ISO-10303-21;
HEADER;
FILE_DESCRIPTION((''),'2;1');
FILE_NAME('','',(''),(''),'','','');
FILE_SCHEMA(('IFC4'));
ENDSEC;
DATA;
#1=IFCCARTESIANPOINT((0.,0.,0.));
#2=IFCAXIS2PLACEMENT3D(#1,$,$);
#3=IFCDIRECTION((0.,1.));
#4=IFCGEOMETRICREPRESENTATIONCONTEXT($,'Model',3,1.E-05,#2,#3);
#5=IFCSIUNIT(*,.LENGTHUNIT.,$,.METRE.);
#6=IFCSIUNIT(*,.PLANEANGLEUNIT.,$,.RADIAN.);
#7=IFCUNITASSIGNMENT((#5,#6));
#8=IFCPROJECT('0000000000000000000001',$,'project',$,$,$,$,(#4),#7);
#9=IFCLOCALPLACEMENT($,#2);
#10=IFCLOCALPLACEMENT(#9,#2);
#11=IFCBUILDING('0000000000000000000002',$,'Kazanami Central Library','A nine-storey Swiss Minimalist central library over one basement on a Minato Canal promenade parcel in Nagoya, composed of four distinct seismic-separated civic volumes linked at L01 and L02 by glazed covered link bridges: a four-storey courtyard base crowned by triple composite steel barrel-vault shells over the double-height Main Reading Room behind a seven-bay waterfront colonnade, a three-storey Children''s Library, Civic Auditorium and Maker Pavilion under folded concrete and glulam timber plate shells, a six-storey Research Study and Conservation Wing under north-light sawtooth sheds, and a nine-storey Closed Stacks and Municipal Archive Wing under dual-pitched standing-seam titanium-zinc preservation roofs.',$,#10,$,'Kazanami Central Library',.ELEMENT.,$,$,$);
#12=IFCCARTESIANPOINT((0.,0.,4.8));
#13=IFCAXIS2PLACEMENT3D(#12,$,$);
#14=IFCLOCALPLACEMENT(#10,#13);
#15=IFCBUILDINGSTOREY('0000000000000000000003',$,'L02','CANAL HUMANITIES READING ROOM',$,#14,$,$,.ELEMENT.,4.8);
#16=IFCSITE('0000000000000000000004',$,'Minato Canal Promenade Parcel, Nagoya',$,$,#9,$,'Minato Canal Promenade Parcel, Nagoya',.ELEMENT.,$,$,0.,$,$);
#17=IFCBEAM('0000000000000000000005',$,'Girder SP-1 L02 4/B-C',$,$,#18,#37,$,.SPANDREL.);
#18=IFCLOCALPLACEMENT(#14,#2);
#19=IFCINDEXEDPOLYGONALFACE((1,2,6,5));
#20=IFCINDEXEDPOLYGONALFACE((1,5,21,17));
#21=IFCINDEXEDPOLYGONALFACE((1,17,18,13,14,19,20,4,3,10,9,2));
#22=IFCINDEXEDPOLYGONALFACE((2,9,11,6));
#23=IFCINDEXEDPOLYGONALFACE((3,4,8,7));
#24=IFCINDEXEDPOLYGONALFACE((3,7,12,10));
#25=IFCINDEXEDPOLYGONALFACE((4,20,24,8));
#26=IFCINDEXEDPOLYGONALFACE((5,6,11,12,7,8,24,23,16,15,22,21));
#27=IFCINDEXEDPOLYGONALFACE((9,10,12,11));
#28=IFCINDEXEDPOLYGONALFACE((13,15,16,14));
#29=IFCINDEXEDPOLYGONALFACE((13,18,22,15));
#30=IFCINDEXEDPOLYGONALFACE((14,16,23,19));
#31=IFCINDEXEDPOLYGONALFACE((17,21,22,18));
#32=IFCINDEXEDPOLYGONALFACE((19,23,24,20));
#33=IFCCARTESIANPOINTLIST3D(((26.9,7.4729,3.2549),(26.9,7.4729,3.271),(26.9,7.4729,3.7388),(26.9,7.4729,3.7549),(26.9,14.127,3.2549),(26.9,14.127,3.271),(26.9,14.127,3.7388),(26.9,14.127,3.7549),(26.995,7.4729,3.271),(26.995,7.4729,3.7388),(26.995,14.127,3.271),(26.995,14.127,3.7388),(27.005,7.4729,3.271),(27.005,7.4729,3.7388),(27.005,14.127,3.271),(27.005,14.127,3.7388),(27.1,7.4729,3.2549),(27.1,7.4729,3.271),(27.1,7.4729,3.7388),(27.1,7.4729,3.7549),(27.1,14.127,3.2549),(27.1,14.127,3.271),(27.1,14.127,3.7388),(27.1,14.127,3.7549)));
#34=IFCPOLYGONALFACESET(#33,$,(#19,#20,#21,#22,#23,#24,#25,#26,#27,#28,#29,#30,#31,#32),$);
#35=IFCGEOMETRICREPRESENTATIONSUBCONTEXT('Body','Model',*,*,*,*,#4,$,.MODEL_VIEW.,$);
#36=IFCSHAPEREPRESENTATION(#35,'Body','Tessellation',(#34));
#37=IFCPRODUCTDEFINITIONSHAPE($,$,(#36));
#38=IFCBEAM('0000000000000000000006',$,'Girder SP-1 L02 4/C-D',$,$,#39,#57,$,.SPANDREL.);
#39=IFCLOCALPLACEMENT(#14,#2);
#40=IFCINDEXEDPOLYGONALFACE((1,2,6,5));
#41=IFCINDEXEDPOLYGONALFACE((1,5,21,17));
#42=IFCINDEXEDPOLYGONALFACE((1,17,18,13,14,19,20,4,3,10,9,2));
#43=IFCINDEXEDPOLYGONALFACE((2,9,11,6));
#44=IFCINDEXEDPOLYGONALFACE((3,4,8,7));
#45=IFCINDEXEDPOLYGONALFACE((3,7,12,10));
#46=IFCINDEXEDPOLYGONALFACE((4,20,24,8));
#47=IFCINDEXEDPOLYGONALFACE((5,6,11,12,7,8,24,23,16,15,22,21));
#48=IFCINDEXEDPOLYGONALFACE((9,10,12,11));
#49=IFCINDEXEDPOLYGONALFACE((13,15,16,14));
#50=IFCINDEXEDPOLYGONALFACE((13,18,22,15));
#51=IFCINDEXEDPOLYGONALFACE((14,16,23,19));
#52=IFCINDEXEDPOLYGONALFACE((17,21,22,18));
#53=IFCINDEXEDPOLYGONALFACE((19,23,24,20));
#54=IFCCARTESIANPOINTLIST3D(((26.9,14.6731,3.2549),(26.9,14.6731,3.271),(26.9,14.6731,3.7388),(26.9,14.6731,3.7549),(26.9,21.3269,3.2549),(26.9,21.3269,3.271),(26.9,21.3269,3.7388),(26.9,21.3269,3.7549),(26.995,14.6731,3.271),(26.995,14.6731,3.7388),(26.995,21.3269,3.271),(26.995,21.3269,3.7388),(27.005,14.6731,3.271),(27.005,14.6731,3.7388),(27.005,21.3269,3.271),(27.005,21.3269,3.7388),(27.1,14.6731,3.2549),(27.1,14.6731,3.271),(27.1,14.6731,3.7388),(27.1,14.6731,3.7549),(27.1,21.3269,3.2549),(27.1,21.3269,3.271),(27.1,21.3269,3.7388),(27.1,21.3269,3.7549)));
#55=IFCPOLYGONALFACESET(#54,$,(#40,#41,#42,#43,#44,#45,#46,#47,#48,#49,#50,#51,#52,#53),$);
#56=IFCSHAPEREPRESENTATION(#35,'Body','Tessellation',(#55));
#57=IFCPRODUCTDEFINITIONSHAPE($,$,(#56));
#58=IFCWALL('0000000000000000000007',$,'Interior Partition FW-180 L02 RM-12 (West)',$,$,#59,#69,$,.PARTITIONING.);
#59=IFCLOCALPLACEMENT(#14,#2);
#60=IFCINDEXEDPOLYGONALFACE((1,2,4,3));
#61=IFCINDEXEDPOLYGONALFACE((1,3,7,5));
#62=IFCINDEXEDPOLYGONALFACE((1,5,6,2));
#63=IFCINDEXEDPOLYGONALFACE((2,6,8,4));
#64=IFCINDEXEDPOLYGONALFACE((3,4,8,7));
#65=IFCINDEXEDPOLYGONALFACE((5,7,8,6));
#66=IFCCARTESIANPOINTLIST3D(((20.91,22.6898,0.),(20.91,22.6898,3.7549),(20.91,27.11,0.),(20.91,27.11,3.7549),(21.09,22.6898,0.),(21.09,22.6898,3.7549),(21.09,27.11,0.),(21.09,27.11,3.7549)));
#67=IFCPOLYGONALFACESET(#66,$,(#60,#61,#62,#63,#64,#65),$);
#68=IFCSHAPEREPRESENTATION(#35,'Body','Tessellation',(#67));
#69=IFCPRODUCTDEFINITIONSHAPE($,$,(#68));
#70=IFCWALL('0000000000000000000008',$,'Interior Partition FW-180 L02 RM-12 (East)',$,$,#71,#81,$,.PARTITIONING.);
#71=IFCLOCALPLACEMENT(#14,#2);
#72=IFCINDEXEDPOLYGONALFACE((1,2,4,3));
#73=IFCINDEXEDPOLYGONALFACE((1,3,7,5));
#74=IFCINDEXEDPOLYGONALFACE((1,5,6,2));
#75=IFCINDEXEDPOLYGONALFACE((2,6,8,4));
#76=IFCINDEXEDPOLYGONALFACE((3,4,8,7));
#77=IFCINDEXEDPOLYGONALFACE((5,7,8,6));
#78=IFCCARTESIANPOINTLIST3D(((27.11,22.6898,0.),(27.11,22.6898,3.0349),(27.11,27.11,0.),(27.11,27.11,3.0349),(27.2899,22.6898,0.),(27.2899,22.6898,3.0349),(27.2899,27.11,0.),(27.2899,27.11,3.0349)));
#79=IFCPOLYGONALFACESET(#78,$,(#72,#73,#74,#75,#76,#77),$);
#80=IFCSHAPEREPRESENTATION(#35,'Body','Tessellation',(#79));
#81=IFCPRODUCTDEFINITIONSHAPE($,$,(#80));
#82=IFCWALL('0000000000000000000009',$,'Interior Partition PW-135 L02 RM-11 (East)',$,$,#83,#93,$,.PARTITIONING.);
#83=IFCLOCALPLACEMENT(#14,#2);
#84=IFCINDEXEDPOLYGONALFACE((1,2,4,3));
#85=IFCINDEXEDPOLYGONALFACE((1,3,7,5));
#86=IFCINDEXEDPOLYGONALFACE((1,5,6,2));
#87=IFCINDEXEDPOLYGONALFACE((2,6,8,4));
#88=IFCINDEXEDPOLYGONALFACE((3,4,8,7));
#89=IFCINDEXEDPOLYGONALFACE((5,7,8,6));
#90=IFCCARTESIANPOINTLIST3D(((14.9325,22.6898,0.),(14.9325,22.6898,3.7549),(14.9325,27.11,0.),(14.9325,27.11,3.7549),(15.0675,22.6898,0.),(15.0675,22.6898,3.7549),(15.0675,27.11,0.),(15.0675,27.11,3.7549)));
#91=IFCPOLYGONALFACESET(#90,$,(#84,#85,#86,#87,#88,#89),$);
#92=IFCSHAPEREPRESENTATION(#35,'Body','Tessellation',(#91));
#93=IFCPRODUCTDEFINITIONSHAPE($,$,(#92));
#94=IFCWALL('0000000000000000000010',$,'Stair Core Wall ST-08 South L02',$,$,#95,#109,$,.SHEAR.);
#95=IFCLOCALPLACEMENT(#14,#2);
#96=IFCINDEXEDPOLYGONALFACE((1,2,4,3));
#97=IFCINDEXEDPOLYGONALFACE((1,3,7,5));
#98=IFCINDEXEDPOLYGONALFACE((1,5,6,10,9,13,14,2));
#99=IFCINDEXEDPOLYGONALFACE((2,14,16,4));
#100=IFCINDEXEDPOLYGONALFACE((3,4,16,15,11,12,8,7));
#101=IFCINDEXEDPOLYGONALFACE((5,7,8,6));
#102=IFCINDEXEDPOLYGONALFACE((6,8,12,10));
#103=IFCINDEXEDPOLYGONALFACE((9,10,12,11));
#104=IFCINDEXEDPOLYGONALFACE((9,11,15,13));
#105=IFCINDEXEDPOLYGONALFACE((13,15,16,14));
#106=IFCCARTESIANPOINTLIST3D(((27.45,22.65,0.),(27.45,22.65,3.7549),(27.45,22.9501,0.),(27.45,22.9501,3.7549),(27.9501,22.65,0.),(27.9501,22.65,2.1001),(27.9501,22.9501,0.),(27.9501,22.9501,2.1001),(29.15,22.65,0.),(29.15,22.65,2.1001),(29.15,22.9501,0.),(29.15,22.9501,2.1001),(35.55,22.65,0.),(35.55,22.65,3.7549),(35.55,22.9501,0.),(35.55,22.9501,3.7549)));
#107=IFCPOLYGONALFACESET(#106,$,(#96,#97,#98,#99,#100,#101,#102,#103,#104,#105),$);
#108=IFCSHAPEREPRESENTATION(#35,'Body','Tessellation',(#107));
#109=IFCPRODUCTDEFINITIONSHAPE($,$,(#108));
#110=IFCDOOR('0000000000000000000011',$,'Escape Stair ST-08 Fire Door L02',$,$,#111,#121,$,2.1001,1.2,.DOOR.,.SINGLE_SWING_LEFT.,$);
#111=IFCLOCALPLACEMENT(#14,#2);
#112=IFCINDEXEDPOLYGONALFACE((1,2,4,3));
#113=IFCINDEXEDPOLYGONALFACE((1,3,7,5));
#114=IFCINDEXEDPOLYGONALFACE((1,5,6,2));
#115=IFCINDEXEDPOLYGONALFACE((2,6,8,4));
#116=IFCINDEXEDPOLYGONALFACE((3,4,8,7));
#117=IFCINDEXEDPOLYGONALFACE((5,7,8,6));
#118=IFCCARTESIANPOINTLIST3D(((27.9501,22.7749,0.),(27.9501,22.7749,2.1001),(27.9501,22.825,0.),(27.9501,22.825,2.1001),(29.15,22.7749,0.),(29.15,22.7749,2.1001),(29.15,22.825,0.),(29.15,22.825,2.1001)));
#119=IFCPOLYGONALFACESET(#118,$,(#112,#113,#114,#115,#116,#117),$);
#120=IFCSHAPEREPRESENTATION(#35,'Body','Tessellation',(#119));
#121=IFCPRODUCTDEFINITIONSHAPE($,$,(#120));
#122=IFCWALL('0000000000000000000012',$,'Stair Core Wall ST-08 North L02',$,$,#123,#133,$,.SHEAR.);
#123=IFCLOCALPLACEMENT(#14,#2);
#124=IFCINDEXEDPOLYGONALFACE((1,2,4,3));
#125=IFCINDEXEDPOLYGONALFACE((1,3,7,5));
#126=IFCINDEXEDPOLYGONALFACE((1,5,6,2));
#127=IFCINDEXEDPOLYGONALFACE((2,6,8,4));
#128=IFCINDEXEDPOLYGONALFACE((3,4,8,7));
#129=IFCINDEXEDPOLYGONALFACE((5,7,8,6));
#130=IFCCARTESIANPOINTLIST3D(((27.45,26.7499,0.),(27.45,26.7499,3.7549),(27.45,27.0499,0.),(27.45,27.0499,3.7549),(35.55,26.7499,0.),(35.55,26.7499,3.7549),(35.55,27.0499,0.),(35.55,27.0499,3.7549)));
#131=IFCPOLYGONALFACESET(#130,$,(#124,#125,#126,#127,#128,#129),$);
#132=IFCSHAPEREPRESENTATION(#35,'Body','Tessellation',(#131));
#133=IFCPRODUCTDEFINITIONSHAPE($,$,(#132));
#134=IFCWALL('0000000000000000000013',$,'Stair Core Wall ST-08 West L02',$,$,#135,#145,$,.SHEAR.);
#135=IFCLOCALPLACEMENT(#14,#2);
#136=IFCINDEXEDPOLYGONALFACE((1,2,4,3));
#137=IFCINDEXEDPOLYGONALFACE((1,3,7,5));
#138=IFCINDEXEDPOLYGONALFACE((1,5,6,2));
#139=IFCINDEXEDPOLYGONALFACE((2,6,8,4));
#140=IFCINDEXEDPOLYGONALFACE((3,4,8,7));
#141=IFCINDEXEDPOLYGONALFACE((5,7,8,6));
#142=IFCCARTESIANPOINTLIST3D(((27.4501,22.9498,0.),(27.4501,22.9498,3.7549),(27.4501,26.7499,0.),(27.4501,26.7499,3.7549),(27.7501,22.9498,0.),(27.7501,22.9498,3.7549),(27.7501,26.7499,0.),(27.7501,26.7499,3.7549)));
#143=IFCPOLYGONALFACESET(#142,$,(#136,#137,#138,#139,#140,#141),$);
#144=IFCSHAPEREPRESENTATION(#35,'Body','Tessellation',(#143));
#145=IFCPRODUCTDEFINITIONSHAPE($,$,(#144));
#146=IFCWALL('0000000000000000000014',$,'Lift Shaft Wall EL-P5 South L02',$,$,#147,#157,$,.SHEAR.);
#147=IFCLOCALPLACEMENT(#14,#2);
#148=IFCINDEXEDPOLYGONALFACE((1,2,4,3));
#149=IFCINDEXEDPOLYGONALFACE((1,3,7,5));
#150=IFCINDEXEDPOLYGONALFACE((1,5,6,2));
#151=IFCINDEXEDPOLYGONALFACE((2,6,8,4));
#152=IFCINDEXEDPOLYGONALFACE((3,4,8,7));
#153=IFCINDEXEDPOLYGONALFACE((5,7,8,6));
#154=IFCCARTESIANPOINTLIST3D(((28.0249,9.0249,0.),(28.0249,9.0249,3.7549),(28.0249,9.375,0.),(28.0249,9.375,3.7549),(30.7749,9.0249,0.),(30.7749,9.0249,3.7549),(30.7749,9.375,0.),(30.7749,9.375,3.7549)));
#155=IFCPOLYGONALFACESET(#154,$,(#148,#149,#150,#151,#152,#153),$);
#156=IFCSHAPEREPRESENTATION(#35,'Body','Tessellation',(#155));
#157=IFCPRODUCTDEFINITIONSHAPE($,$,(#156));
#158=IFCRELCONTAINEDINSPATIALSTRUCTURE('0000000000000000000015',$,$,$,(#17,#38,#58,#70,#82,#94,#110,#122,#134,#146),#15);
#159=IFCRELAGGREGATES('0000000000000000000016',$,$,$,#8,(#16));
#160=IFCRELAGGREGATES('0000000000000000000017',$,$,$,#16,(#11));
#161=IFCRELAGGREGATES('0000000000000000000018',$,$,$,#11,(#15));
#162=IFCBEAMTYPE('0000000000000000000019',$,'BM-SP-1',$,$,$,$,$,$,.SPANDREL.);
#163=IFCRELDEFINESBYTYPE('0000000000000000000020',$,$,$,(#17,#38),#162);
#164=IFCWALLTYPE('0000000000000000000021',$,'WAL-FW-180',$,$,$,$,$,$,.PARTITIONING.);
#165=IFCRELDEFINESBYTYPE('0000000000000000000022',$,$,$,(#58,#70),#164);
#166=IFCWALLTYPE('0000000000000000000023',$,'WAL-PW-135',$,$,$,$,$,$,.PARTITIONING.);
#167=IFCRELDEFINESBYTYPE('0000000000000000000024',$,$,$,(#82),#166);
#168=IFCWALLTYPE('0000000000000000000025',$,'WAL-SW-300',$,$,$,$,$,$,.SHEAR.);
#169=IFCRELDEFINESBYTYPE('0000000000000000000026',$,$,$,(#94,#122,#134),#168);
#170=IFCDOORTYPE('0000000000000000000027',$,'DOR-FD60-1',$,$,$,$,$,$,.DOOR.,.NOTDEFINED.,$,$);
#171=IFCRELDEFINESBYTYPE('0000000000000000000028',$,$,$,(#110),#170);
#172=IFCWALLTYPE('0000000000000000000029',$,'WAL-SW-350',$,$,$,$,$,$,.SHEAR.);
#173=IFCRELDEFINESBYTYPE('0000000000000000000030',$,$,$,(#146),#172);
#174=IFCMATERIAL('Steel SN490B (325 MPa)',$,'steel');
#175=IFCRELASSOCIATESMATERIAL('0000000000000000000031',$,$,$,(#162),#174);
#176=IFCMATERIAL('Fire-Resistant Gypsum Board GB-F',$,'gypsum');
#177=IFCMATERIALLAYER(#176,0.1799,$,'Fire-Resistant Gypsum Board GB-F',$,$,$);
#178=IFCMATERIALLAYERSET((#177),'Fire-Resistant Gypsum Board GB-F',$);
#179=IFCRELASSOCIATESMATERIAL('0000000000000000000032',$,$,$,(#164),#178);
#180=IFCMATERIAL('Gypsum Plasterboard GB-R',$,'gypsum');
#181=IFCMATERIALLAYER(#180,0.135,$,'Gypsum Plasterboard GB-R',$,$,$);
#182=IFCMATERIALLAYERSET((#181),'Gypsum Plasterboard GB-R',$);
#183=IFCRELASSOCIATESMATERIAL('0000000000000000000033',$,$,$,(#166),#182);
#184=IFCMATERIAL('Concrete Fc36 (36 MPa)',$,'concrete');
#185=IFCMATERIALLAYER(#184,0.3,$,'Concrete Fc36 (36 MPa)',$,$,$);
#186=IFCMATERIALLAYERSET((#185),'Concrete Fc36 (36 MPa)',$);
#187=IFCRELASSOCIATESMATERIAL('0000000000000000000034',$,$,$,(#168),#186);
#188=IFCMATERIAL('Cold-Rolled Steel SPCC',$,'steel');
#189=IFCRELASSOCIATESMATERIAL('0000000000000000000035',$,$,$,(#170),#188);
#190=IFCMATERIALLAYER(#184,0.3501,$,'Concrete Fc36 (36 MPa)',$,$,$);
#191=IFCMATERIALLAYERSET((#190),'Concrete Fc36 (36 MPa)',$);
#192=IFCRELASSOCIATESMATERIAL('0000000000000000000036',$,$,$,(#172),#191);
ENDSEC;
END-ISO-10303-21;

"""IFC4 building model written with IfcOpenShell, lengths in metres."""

from ifc_helpers import new_model, si_unit, direction, frame, frame_2d, origin, origin_2d, place, context, subcontext, project, spatial, rectangle, i_section, extrude, material, layer, layer_set, material_profile, profile_set, type_object, element, fill, save


model = new_model("IFC4")

# Units and contexts
model_context = context("Model", 3, precision=1e-05, world=origin(), true_north=direction((0.0, 1.0)))
body_context = subcontext(model_context, "Body", "Model", "MODEL_VIEW")
ifc_project = project(units=[si_unit("LENGTHUNIT", "METRE"), si_unit("PLANEANGLEUNIT", "RADIAN")], contexts=[model_context])

# Site, building, storey
site_placement = place(None, origin())
site = spatial("IfcSite", under=ifc_project, at=site_placement, Name="Minato Canal Promenade Parcel, Nagoya", LongName="Minato Canal Promenade Parcel, Nagoya", CompositionType="ELEMENT", RefElevation=0.0)
building_placement = place(site_placement, origin())
building = spatial("IfcBuilding", under=site, at=building_placement, Name="Kazanami Central Library", Description="A nine-storey Swiss Minimalist central library over one basement on a Minato Canal promenade parcel in Nagoya, composed of four distinct seismic-separated civic volumes linked at L01 and L02 by glazed covered link bridges: a four-storey courtyard base crowned by triple composite steel barrel-vault shells over the double-height Main Reading Room behind a seven-bay waterfront colonnade, a three-storey Children's Library, Civic Auditorium and Maker Pavilion under folded concrete and glulam timber plate shells, a six-storey Research Study and Conservation Wing under north-light sawtooth sheds, and a nine-storey Closed Stacks and Municipal Archive Wing under dual-pitched standing-seam titanium-zinc preservation roofs.", LongName="Kazanami Central Library", CompositionType="ELEMENT")
storey_placement = place(building_placement, frame((0.0, 0.0, 4.8)))
storey = spatial("IfcBuildingStorey", under=building, at=storey_placement, Name="L02", Description="CANAL HUMANITIES READING ROOM", CompositionType="ELEMENT", Elevation=4.8)

# Beams
ifc_material_1 = material(Name="Steel SN490B (325 MPa)", Category="steel")
ifc_material_profile_1 = material_profile(ifc_material_1, i_section(OverallWidth=0.2, OverallDepth=0.5, WebThickness=0.01, FlangeThickness=0.0161, at=origin_2d()), Name="H-500x200x10x16")
ifc_profile_set_1 = profile_set([ifc_material_profile_1], Name="Steel SN490B (325 MPa)")
beam_type_1 = type_object("IfcBeamType", Name="BM-SP-1", PredefinedType="SPANDREL", material=ifc_profile_set_1)
beam_1_placement = place(storey_placement, frame((27.0, 7.4729, 3.5049), z_axis=(0.0, 1.0, 0.0), x_axis=(-1.0, 0.0, 0.0)))
element("IfcBeam", 1, at=beam_1_placement, inside=storey, type_object=beam_type_1, Name="Girder SP-1 L02 4/B-C", PredefinedType="SPANDREL", context=body_context, shape_type="SweptSolid", body=[
    extrude(i_section(OverallWidth=0.2, OverallDepth=0.5, WebThickness=0.01, FlangeThickness=0.0161, at=origin_2d()), origin(), (0.0, 0.0, 1.0), 6.6541),
])
beam_2_placement = place(storey_placement, frame((27.0, 14.6731, 3.5049), z_axis=(0.0, 1.0, 0.0), x_axis=(-1.0, 0.0, 0.0)))
element("IfcBeam", 2, at=beam_2_placement, inside=storey, type_object=beam_type_1, Name="Girder SP-1 L02 4/C-D", PredefinedType="SPANDREL", context=body_context, shape_type="SweptSolid", body=[
    extrude(i_section(OverallWidth=0.2, OverallDepth=0.5, WebThickness=0.01, FlangeThickness=0.0161, at=origin_2d()), origin(), (0.0, 0.0, 1.0), 6.6538),
])

# Shared definitions
ifc_material_2 = material(Name="Fire-Resistant Gypsum Board GB-F", Category="gypsum")
ifc_layer_1 = layer(ifc_material_2, 0.1799, Name="Fire-Resistant Gypsum Board GB-F")
ifc_layer_set_1 = layer_set([ifc_layer_1], Name="Fire-Resistant Gypsum Board GB-F")
wall_type_1 = type_object("IfcWallType", Name="WAL-FW-180", PredefinedType="PARTITIONING", material=ifc_layer_set_1)
ifc_material_3 = material(Name="Cold-Rolled Steel SPCC", Category="steel")

# Walls
wall_1_placement = place(storey_placement, frame((21.0, 22.6899, 0.0), z_axis=(0.0, 0.0, 1.0), x_axis=(0.0, 1.0, 0.0)))
element("IfcWall", 3, at=wall_1_placement, inside=storey, type_object=wall_type_1, Name="Interior Partition FW-180 L02 RM-12 (West)", PredefinedType="PARTITIONING", context=body_context, shape_type="SweptSolid", body=[
    extrude(rectangle(XDim=4.4202, YDim=0.1799, at=frame_2d((2.21, 0.0))), origin(), (0.0, 0.0, 1.0), 3.7549),
])
wall_2_placement = place(storey_placement, frame((27.2, 22.6899, 0.0), z_axis=(0.0, 0.0, 1.0), x_axis=(0.0, 1.0, 0.0)))
element("IfcWall", 4, at=wall_2_placement, inside=storey, type_object=wall_type_1, Name="Interior Partition FW-180 L02 RM-12 (East)", PredefinedType="PARTITIONING", context=body_context, shape_type="SweptSolid", body=[
    extrude(rectangle(XDim=4.4202, YDim=0.1799, at=frame_2d((2.21, 0.0))), origin(), (0.0, 0.0, 1.0), 3.0349),
])
ifc_material_4 = material(Name="Gypsum Plasterboard GB-R", Category="gypsum")
ifc_layer_2 = layer(ifc_material_4, 0.135, Name="Gypsum Plasterboard GB-R")
ifc_layer_set_2 = layer_set([ifc_layer_2], Name="Gypsum Plasterboard GB-R")
wall_type_2 = type_object("IfcWallType", Name="WAL-PW-135", PredefinedType="PARTITIONING", material=ifc_layer_set_2)
wall_3_placement = place(storey_placement, frame((15.0, 22.6899, 0.0), z_axis=(0.0, 0.0, 1.0), x_axis=(0.0, 1.0, 0.0)))
element("IfcWall", 5, at=wall_3_placement, inside=storey, type_object=wall_type_2, Name="Interior Partition PW-135 L02 RM-11 (East)", PredefinedType="PARTITIONING", context=body_context, shape_type="SweptSolid", body=[
    extrude(rectangle(XDim=4.4202, YDim=0.135, at=frame_2d((2.21, 0.0))), origin(), (0.0, 0.0, 1.0), 3.7549),
])

# Wall, opening, door
ifc_material_5 = material(Name="Concrete Fc36 (36 MPa)", Category="concrete")
ifc_layer_3 = layer(ifc_material_5, 0.3, Name="Concrete Fc36 (36 MPa)")
ifc_layer_set_3 = layer_set([ifc_layer_3], Name="Concrete Fc36 (36 MPa)")
wall_type_3 = type_object("IfcWallType", Name="WAL-SW-300", PredefinedType="SHEAR", material=ifc_layer_set_3)
wall_4_placement = place(storey_placement, frame((27.45, 22.8, 0.0), z_axis=(0.0, 0.0, 1.0), x_axis=(1.0, 0.0, 0.0)))
wall_4 = element("IfcWall", 6, at=wall_4_placement, inside=storey, type_object=wall_type_3, Name="Stair Core Wall ST-08 South L02", PredefinedType="SHEAR", context=body_context, shape_type="SweptSolid", body=[
    extrude(rectangle(XDim=8.1001, YDim=0.3, at=frame_2d((4.05, 0.0))), origin(), (0.0, 0.0, 1.0), 3.7549),
])
opening_1_placement = place(wall_4_placement, frame((0.5, 0.0, 0.0)))
opening_1 = element("IfcOpeningElement", 7, at=opening_1_placement, cuts=wall_4, PredefinedType="OPENING", context=body_context, shape_type="SweptSolid", body=[
    extrude(rectangle(XDim=1.2, YDim=2.1001, at=frame_2d((0.6001, 1.05))), frame((0.0, 0.1621, 0.0), z_axis=(0.0, -1.0, 0.0), x_axis=(1.0, 0.0, 0.0)), (0.0, 0.0, 1.0), 0.324),
])
door_type_1 = type_object("IfcDoorType", Name="DOR-FD60-1", OperationType="NOTDEFINED", PredefinedType="DOOR", material=ifc_material_3)
door_1_placement = place(opening_1_placement, origin())
door_1 = element("IfcDoor", 8, at=door_1_placement, inside=storey, type_object=door_type_1, Name="Escape Stair ST-08 Fire Door L02", OperationType="SINGLE_SWING_LEFT", OverallHeight=2.1001, OverallWidth=1.2, PredefinedType="DOOR", context=body_context, shape_type="SweptSolid", body=[
    extrude(rectangle(XDim=1.2, YDim=2.1001, at=frame_2d((0.6001, 1.05))), frame((0.0, 0.0249, 0.0), z_axis=(0.0, -1.0, 0.0), x_axis=(1.0, 0.0, 0.0)), (0.0, 0.0, 1.0), 0.05),
])
fill(opening_1, door_1)

# Walls
wall_5_placement = place(storey_placement, frame((27.45, 26.8999, 0.0), z_axis=(0.0, 0.0, 1.0), x_axis=(1.0, 0.0, 0.0)))
element("IfcWall", 9, at=wall_5_placement, inside=storey, type_object=wall_type_3, Name="Stair Core Wall ST-08 North L02", PredefinedType="SHEAR", context=body_context, shape_type="SweptSolid", body=[
    extrude(rectangle(XDim=8.1001, YDim=0.3, at=frame_2d((4.05, 0.0))), origin(), (0.0, 0.0, 1.0), 3.7549),
])
wall_6_placement = place(storey_placement, frame((27.6001, 22.95, 0.0), z_axis=(0.0, 0.0, 1.0), x_axis=(0.0, 1.0, 0.0)))
element("IfcWall", 10, at=wall_6_placement, inside=storey, type_object=wall_type_3, Name="Stair Core Wall ST-08 West L02", PredefinedType="SHEAR", context=body_context, shape_type="SweptSolid", body=[
    extrude(rectangle(XDim=3.8, YDim=0.3, at=frame_2d((1.8999, 0.0))), origin(), (0.0, 0.0, 1.0), 3.7549),
])
ifc_layer_4 = layer(ifc_material_5, 0.3501, Name="Concrete Fc36 (36 MPa)")
ifc_layer_set_4 = layer_set([ifc_layer_4], Name="Concrete Fc36 (36 MPa)")
wall_type_4 = type_object("IfcWallType", Name="WAL-SW-350", PredefinedType="SHEAR", material=ifc_layer_set_4)
wall_7_placement = place(storey_placement, frame((28.0249, 9.2, 0.0), z_axis=(0.0, 0.0, 1.0), x_axis=(1.0, 0.0, 0.0)))
element("IfcWall", 11, at=wall_7_placement, inside=storey, type_object=wall_type_4, Name="Lift Shaft Wall EL-P5 South L02", PredefinedType="SHEAR", context=body_context, shape_type="SweptSolid", body=[
    extrude(rectangle(XDim=2.75, YDim=0.3501, at=frame_2d((1.375, 0.0))), origin(), (0.0, 0.0, 1.0), 3.7549),
])

save(model, "model.ifc")
